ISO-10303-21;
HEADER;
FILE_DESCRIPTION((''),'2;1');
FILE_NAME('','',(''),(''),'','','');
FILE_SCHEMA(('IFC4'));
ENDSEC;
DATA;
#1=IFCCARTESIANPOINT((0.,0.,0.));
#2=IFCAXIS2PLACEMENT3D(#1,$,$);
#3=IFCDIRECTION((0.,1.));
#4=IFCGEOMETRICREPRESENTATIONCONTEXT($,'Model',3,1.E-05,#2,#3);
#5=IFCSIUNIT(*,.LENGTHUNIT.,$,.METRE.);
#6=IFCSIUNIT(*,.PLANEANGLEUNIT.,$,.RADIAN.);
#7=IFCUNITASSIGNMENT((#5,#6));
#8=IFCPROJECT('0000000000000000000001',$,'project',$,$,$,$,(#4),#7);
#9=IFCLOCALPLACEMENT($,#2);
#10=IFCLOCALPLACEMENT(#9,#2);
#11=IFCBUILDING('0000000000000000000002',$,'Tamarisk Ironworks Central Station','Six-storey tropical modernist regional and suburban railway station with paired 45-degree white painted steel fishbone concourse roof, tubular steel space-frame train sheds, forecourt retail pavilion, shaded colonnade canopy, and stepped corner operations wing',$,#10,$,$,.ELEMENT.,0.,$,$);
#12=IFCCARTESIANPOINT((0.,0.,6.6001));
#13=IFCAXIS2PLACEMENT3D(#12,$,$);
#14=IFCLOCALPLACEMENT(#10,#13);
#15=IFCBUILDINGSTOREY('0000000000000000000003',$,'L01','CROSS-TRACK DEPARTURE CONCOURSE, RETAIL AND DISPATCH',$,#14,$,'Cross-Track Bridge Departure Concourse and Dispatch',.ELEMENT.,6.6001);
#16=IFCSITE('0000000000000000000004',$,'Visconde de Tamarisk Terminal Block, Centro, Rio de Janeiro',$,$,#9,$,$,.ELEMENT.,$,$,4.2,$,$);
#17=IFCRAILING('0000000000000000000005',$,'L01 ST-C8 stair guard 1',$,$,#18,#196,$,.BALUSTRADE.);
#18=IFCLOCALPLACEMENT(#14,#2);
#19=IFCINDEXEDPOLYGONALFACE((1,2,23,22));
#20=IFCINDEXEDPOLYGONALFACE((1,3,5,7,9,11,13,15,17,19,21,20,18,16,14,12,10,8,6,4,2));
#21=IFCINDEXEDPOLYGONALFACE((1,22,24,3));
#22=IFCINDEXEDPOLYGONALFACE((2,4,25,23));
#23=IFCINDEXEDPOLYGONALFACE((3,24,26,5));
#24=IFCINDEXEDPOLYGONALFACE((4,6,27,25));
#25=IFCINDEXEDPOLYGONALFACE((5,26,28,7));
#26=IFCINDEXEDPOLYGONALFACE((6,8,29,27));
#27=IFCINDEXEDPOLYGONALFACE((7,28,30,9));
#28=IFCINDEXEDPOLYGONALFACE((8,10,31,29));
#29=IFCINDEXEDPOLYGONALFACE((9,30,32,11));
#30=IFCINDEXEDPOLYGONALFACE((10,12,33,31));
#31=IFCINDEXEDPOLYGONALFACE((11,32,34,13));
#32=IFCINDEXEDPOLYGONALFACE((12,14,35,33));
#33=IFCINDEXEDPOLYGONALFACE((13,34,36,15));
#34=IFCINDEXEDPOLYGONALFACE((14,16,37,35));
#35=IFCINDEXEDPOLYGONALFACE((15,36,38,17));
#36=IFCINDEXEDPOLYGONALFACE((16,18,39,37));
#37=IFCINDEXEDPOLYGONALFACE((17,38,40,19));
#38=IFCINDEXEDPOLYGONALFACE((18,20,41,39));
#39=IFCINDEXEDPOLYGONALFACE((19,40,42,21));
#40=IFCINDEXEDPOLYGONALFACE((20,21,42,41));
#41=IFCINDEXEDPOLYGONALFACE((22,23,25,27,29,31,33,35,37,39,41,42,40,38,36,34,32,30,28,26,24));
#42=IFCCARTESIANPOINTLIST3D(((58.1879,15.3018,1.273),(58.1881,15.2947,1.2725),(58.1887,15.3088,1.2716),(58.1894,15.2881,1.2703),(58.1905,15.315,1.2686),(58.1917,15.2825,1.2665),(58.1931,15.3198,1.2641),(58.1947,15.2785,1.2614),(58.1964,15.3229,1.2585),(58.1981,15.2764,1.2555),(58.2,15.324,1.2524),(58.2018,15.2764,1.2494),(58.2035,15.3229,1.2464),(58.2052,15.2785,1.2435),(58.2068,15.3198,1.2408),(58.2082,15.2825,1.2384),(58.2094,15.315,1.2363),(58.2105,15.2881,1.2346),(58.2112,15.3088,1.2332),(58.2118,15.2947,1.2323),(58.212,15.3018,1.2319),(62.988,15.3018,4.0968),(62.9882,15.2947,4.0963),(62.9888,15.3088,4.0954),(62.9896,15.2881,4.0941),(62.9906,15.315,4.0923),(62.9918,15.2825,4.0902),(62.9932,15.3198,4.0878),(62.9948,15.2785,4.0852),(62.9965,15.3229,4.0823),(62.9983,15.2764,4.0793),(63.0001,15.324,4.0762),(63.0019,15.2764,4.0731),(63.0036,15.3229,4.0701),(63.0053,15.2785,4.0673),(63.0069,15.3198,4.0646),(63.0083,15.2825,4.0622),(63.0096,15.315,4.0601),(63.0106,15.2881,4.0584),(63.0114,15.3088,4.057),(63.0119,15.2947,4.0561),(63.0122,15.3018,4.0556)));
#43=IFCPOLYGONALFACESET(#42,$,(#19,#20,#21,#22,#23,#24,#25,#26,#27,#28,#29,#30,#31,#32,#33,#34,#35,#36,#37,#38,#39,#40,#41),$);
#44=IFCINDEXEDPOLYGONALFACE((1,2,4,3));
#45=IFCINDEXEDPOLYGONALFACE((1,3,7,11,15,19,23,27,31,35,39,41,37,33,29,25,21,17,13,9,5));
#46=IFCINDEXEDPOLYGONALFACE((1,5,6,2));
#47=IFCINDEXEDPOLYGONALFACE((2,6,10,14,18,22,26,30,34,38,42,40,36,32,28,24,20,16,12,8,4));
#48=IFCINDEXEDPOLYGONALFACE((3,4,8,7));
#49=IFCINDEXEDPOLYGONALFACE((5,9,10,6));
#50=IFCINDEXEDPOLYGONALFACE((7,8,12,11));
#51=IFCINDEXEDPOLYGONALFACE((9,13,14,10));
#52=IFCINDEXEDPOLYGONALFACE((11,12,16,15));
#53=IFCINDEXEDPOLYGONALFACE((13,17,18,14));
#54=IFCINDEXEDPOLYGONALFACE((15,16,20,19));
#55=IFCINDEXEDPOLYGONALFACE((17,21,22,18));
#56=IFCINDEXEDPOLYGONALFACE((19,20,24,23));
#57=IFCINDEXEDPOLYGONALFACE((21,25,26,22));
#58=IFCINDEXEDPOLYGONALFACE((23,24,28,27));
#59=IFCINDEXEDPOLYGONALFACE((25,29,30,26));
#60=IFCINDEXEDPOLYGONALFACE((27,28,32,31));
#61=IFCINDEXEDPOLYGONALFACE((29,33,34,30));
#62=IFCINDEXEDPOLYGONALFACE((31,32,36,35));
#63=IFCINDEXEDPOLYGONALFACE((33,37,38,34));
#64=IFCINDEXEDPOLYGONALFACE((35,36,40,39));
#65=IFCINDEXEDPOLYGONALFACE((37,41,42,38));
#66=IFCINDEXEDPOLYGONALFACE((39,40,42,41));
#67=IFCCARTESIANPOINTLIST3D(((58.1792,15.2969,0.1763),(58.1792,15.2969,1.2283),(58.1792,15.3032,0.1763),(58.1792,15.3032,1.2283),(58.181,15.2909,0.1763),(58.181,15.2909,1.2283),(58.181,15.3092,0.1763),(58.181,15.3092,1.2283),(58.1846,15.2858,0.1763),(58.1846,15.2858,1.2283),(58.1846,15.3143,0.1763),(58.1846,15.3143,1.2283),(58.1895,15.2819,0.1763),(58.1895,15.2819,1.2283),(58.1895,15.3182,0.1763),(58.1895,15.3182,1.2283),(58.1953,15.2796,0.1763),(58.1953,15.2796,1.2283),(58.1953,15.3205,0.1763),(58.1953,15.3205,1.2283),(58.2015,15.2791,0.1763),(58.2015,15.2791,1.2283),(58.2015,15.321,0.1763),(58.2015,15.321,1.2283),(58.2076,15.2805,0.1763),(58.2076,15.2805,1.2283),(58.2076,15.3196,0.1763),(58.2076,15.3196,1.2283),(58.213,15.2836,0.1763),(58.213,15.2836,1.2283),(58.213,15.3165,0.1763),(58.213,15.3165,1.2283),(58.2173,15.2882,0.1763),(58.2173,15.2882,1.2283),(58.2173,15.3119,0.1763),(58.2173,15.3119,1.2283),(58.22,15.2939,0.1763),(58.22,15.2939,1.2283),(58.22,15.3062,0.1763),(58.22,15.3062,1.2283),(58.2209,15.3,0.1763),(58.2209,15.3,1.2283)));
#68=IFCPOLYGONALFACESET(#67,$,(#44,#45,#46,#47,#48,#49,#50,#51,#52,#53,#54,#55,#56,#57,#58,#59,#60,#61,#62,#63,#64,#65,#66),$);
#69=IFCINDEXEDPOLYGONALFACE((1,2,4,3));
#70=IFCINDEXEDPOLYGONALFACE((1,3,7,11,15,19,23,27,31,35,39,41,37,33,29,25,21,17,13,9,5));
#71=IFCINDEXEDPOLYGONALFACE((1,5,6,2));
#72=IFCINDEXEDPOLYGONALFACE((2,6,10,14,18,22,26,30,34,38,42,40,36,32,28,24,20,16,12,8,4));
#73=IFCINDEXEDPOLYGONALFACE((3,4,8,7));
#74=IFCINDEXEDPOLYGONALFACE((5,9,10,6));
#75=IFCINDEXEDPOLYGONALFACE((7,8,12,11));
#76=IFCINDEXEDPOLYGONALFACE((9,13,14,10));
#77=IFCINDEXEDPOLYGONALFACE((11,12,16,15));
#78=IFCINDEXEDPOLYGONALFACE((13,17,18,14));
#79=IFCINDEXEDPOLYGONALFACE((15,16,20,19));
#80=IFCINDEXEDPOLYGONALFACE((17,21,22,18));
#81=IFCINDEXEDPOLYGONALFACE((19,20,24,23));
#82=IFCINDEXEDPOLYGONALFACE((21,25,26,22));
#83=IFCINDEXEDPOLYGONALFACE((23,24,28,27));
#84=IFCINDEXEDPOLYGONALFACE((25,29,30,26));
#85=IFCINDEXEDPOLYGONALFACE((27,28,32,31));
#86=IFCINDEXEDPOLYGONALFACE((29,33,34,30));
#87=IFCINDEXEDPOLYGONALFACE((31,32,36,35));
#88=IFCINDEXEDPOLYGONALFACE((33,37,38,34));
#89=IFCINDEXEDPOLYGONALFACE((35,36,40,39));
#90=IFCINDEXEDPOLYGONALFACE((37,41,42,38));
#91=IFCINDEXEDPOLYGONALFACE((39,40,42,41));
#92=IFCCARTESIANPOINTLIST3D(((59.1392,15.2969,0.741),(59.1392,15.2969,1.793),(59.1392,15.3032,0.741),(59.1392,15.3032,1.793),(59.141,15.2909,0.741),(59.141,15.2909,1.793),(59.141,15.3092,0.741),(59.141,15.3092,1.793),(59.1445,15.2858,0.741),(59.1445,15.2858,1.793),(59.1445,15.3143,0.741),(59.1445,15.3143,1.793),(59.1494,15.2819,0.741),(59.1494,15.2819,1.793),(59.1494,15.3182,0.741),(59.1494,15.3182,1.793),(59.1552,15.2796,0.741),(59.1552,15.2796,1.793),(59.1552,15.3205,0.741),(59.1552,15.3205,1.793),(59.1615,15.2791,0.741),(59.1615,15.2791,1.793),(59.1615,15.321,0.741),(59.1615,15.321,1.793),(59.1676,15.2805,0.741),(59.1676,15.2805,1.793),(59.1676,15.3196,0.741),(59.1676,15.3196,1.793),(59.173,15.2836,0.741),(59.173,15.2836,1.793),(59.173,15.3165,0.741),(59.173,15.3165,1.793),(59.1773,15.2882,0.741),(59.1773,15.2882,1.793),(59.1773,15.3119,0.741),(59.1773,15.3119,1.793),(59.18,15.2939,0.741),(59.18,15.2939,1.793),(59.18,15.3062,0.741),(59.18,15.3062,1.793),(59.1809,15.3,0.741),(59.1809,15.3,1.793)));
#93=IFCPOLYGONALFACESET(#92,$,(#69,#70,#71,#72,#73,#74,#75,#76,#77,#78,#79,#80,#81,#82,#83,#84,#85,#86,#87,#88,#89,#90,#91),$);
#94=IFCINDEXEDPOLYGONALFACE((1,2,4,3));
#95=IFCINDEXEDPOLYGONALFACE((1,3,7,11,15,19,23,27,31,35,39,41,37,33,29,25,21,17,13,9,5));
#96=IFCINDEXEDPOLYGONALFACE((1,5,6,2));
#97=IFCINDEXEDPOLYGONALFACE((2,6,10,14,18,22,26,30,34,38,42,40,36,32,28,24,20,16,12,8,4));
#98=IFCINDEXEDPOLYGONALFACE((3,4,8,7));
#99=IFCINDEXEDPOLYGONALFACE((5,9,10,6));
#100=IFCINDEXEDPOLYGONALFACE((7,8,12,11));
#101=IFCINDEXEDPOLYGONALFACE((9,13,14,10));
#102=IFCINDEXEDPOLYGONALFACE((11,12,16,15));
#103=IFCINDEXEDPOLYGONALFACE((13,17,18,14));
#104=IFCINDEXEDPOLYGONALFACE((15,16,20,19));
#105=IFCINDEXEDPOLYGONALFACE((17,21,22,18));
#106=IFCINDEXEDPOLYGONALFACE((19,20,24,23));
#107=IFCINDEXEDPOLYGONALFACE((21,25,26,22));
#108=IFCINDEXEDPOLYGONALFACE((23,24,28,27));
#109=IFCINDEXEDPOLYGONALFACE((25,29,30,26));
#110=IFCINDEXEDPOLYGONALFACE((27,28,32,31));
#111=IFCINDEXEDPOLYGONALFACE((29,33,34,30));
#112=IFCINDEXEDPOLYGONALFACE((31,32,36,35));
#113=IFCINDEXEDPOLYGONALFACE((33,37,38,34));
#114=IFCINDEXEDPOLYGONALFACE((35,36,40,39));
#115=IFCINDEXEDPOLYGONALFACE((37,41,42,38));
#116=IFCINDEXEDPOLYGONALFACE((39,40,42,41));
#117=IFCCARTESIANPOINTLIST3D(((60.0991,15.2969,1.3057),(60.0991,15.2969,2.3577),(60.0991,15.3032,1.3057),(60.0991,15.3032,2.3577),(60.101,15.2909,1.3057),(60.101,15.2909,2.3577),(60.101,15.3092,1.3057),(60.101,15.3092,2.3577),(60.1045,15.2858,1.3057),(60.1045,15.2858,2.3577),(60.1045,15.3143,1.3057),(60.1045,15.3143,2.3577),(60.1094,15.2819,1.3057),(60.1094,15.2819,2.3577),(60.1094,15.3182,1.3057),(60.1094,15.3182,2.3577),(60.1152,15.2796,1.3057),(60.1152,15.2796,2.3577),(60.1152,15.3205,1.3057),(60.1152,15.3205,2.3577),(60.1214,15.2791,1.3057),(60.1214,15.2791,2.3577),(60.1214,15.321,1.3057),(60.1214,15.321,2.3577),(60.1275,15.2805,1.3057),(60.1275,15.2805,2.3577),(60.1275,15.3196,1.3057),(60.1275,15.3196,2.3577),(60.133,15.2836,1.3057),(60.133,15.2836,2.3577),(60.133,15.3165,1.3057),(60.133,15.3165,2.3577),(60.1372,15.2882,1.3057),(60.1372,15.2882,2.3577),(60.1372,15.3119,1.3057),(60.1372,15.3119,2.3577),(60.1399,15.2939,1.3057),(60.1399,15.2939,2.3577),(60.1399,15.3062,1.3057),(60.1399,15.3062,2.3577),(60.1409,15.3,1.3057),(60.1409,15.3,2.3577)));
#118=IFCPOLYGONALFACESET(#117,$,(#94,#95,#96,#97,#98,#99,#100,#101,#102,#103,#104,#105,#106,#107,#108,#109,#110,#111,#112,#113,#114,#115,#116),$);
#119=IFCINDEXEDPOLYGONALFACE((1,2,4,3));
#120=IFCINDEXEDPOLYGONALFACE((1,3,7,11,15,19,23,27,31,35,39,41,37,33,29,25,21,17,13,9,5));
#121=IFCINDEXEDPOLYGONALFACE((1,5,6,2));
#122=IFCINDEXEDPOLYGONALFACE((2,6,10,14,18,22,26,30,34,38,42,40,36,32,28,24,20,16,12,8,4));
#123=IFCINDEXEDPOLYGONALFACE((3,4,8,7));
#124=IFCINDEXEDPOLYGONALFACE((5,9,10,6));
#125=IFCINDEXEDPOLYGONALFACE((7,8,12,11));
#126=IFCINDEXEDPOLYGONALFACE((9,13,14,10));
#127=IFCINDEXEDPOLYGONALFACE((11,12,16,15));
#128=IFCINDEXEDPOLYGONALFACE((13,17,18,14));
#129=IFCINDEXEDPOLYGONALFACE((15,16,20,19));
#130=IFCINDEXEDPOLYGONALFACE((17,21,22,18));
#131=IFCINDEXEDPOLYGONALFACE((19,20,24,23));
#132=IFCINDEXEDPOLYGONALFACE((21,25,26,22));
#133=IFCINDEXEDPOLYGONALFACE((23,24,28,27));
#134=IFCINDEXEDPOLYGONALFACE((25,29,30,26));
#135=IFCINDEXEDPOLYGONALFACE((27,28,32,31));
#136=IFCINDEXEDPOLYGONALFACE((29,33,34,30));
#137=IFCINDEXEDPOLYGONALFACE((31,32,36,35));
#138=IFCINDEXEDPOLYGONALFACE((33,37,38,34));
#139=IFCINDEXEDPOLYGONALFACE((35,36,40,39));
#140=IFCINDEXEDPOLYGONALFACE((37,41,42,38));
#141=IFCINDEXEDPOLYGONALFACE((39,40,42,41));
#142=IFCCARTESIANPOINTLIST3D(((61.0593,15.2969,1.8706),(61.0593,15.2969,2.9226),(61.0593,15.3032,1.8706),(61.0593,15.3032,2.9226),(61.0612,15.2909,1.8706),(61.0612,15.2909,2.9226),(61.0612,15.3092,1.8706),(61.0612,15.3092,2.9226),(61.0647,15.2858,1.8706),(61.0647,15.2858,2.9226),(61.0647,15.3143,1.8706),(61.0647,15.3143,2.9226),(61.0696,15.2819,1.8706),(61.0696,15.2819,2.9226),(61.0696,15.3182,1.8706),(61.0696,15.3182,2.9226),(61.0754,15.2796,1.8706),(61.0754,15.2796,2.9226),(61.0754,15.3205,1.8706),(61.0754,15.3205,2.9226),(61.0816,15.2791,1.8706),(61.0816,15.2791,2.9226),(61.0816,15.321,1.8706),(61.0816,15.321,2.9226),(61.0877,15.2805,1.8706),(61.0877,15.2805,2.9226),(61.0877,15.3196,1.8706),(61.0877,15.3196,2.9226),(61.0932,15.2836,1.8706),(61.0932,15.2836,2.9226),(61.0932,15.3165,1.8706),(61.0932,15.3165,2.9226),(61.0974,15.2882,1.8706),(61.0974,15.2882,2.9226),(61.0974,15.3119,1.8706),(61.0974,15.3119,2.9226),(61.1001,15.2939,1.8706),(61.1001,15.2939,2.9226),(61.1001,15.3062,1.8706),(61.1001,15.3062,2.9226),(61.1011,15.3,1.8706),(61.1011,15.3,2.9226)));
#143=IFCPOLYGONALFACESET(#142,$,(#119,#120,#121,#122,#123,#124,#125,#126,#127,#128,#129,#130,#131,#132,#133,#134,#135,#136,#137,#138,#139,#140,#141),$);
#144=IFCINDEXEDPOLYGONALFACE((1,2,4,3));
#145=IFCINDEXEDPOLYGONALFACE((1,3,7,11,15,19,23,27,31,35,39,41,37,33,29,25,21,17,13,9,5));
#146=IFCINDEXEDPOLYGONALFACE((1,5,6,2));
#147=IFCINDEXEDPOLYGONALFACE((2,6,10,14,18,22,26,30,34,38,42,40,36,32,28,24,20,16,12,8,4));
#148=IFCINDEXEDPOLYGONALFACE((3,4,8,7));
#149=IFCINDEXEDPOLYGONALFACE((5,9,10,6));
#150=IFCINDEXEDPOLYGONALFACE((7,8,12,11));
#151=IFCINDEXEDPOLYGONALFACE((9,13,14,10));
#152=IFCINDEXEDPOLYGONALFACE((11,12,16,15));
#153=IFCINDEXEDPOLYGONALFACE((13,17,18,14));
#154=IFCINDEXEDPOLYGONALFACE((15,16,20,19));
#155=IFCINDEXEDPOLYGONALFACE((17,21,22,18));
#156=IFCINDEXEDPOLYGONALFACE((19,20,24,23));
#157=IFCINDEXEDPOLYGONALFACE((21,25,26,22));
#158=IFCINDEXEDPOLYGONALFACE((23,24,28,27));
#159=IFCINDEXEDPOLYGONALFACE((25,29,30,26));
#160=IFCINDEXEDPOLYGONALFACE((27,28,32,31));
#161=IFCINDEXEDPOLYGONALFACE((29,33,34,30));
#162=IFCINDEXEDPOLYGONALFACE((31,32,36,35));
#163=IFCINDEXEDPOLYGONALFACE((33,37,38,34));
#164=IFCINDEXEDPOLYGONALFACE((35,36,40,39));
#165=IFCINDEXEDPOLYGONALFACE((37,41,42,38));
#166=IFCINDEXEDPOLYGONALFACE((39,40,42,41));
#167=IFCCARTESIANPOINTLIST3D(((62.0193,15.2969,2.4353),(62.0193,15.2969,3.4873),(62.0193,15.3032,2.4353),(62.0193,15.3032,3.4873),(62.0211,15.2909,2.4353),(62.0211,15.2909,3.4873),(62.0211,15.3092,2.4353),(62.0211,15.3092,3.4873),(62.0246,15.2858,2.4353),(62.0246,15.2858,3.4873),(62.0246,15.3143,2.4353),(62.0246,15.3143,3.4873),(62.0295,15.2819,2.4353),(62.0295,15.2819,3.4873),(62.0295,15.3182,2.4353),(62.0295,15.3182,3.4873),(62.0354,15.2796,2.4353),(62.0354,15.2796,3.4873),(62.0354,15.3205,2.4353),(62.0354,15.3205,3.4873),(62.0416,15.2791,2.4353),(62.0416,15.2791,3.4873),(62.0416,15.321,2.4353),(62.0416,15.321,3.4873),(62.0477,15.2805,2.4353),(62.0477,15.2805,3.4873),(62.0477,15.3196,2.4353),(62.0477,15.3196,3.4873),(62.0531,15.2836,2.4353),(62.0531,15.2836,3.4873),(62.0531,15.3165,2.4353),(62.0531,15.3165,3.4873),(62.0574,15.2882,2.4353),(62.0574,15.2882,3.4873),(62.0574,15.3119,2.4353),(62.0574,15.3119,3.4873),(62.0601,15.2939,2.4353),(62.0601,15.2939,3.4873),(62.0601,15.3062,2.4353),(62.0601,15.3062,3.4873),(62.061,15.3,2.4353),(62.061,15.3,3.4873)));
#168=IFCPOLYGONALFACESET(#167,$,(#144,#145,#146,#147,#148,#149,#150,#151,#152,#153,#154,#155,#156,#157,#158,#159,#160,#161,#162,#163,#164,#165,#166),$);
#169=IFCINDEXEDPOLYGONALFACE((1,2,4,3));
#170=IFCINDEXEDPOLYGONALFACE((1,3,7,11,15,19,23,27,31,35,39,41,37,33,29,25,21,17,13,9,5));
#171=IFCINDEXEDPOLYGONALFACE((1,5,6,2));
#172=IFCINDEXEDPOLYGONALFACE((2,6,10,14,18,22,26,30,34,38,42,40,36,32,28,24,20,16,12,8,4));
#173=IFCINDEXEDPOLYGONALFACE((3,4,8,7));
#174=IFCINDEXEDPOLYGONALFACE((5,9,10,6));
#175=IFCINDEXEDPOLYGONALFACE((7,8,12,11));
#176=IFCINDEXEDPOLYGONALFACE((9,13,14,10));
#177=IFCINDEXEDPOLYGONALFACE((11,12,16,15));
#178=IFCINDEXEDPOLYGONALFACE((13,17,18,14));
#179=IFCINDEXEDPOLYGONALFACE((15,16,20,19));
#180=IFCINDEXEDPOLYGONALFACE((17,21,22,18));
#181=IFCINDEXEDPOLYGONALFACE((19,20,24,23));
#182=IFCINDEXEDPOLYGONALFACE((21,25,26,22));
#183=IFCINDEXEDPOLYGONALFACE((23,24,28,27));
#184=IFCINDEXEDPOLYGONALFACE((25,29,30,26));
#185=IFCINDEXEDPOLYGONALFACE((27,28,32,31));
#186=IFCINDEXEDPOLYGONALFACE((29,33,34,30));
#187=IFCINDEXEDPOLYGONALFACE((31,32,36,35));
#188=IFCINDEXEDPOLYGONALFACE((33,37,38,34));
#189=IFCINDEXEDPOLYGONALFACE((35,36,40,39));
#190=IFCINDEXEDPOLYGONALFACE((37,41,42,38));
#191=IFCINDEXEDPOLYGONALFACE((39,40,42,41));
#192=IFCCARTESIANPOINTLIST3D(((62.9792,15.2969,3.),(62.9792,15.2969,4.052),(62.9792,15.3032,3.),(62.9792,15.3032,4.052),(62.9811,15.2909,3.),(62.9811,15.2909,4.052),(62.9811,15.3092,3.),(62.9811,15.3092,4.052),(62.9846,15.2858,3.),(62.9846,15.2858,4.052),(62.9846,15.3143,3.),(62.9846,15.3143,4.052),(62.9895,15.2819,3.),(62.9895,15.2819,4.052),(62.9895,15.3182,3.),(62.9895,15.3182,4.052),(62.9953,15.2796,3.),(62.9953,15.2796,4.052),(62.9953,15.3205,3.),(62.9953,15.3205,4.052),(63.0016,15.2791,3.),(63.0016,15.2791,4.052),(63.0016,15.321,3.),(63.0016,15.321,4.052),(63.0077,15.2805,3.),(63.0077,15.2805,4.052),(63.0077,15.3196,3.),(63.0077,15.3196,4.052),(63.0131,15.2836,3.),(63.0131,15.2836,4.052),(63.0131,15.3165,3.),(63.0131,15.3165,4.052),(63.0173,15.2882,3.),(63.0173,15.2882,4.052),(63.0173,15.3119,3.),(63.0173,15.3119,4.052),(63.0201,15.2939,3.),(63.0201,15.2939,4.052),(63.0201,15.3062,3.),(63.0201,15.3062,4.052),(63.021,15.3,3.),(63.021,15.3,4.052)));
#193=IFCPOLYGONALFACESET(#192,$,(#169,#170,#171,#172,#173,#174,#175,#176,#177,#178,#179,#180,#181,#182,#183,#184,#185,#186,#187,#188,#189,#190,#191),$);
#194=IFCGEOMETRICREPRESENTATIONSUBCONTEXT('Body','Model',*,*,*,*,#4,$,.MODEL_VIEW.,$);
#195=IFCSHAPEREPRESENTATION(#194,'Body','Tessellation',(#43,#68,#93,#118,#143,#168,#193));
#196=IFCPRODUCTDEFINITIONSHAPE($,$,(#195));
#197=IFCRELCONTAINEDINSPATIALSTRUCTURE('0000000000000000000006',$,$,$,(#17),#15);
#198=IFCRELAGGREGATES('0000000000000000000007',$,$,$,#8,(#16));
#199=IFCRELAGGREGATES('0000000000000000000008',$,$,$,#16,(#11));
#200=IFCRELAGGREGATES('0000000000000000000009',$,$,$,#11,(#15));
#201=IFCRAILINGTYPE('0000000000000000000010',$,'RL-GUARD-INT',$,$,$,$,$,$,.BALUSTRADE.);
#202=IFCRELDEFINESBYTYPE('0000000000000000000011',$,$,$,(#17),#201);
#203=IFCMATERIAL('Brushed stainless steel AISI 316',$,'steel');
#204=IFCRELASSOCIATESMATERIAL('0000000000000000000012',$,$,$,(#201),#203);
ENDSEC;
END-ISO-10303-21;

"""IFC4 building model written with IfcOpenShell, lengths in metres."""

from ifc_helpers import new_model, si_unit, direction, frame, origin, origin_2d, place, context, subcontext, project, spatial, circle, extrude, material, type_object, element, save


model = new_model("IFC4")

# Units and contexts
model_context = context("Model", 3, precision=1e-05, world=origin(), true_north=direction((0.0, 1.0)))
body_context = subcontext(model_context, "Body", "Model", "MODEL_VIEW")
ifc_project = project(units=[si_unit("LENGTHUNIT", "METRE"), si_unit("PLANEANGLEUNIT", "RADIAN")], contexts=[model_context])

# Site, building, storey
site_placement = place(None, origin())
site = spatial("IfcSite", under=ifc_project, at=site_placement, Name="Visconde de Tamarisk Terminal Block, Centro, Rio de Janeiro", CompositionType="ELEMENT", RefElevation=4.2)
building_placement = place(site_placement, origin())
building = spatial("IfcBuilding", under=site, at=building_placement, Name="Tamarisk Ironworks Central Station", Description="Six-storey tropical modernist regional and suburban railway station with paired 45-degree white painted steel fishbone concourse roof, tubular steel space-frame train sheds, forecourt retail pavilion, shaded colonnade canopy, and stepped corner operations wing", CompositionType="ELEMENT", ElevationOfRefHeight=0.0)
storey_placement = place(building_placement, frame((0.0, 0.0, 6.6001)))
storey = spatial("IfcBuildingStorey", under=building, at=storey_placement, Name="L01", Description="CROSS-TRACK DEPARTURE CONCOURSE, RETAIL AND DISPATCH", LongName="Cross-Track Bridge Departure Concourse and Dispatch", CompositionType="ELEMENT", Elevation=6.6001)

# Railing
ifc_material_1 = material(Name="Brushed stainless steel AISI 316", Category="steel")
railing_type_1 = type_object("IfcRailingType", Name="RL-GUARD-INT", PredefinedType="BALUSTRADE", material=ifc_material_1)
railing_1_placement = place(storey_placement, frame((58.2, 15.3, 0.1763)))
element("IfcRailing", 1, at=railing_1_placement, inside=storey, type_object=railing_type_1, Name="L01 ST-C8 stair guard 1", PredefinedType="BALUSTRADE", context=body_context, shape_type="SweptSolid", body=[
    extrude(circle(Radius=0.0239, at=origin_2d()), frame((0.0, 0.0, 1.0762), z_axis=(0.861921, 0.0, 0.507043), x_axis=(0.0, 1.0, 0.0)), (0.0, 0.0, 1.0), 5.5691),
    extrude(circle(Radius=0.021, at=origin_2d()), origin(), (0.0, 0.0, 1.0), 1.052),
    extrude(circle(Radius=0.021, at=origin_2d()), frame((0.96, 0.0, 0.5647)), (0.0, 0.0, 1.0), 1.052),
    extrude(circle(Radius=0.021, at=origin_2d()), frame((1.9199, 0.0, 1.1294)), (0.0, 0.0, 1.0), 1.052),
    extrude(circle(Radius=0.021, at=origin_2d()), frame((2.8801, 0.0, 1.6943)), (0.0, 0.0, 1.0), 1.052),
    extrude(circle(Radius=0.021, at=origin_2d()), frame((3.8401, 0.0, 2.259)), (0.0, 0.0, 1.0), 1.052),
    extrude(circle(Radius=0.021, at=origin_2d()), frame((4.8, 0.0, 2.8237)), (0.0, 0.0, 1.0), 1.052),
])

save(model, "model.ifc")
